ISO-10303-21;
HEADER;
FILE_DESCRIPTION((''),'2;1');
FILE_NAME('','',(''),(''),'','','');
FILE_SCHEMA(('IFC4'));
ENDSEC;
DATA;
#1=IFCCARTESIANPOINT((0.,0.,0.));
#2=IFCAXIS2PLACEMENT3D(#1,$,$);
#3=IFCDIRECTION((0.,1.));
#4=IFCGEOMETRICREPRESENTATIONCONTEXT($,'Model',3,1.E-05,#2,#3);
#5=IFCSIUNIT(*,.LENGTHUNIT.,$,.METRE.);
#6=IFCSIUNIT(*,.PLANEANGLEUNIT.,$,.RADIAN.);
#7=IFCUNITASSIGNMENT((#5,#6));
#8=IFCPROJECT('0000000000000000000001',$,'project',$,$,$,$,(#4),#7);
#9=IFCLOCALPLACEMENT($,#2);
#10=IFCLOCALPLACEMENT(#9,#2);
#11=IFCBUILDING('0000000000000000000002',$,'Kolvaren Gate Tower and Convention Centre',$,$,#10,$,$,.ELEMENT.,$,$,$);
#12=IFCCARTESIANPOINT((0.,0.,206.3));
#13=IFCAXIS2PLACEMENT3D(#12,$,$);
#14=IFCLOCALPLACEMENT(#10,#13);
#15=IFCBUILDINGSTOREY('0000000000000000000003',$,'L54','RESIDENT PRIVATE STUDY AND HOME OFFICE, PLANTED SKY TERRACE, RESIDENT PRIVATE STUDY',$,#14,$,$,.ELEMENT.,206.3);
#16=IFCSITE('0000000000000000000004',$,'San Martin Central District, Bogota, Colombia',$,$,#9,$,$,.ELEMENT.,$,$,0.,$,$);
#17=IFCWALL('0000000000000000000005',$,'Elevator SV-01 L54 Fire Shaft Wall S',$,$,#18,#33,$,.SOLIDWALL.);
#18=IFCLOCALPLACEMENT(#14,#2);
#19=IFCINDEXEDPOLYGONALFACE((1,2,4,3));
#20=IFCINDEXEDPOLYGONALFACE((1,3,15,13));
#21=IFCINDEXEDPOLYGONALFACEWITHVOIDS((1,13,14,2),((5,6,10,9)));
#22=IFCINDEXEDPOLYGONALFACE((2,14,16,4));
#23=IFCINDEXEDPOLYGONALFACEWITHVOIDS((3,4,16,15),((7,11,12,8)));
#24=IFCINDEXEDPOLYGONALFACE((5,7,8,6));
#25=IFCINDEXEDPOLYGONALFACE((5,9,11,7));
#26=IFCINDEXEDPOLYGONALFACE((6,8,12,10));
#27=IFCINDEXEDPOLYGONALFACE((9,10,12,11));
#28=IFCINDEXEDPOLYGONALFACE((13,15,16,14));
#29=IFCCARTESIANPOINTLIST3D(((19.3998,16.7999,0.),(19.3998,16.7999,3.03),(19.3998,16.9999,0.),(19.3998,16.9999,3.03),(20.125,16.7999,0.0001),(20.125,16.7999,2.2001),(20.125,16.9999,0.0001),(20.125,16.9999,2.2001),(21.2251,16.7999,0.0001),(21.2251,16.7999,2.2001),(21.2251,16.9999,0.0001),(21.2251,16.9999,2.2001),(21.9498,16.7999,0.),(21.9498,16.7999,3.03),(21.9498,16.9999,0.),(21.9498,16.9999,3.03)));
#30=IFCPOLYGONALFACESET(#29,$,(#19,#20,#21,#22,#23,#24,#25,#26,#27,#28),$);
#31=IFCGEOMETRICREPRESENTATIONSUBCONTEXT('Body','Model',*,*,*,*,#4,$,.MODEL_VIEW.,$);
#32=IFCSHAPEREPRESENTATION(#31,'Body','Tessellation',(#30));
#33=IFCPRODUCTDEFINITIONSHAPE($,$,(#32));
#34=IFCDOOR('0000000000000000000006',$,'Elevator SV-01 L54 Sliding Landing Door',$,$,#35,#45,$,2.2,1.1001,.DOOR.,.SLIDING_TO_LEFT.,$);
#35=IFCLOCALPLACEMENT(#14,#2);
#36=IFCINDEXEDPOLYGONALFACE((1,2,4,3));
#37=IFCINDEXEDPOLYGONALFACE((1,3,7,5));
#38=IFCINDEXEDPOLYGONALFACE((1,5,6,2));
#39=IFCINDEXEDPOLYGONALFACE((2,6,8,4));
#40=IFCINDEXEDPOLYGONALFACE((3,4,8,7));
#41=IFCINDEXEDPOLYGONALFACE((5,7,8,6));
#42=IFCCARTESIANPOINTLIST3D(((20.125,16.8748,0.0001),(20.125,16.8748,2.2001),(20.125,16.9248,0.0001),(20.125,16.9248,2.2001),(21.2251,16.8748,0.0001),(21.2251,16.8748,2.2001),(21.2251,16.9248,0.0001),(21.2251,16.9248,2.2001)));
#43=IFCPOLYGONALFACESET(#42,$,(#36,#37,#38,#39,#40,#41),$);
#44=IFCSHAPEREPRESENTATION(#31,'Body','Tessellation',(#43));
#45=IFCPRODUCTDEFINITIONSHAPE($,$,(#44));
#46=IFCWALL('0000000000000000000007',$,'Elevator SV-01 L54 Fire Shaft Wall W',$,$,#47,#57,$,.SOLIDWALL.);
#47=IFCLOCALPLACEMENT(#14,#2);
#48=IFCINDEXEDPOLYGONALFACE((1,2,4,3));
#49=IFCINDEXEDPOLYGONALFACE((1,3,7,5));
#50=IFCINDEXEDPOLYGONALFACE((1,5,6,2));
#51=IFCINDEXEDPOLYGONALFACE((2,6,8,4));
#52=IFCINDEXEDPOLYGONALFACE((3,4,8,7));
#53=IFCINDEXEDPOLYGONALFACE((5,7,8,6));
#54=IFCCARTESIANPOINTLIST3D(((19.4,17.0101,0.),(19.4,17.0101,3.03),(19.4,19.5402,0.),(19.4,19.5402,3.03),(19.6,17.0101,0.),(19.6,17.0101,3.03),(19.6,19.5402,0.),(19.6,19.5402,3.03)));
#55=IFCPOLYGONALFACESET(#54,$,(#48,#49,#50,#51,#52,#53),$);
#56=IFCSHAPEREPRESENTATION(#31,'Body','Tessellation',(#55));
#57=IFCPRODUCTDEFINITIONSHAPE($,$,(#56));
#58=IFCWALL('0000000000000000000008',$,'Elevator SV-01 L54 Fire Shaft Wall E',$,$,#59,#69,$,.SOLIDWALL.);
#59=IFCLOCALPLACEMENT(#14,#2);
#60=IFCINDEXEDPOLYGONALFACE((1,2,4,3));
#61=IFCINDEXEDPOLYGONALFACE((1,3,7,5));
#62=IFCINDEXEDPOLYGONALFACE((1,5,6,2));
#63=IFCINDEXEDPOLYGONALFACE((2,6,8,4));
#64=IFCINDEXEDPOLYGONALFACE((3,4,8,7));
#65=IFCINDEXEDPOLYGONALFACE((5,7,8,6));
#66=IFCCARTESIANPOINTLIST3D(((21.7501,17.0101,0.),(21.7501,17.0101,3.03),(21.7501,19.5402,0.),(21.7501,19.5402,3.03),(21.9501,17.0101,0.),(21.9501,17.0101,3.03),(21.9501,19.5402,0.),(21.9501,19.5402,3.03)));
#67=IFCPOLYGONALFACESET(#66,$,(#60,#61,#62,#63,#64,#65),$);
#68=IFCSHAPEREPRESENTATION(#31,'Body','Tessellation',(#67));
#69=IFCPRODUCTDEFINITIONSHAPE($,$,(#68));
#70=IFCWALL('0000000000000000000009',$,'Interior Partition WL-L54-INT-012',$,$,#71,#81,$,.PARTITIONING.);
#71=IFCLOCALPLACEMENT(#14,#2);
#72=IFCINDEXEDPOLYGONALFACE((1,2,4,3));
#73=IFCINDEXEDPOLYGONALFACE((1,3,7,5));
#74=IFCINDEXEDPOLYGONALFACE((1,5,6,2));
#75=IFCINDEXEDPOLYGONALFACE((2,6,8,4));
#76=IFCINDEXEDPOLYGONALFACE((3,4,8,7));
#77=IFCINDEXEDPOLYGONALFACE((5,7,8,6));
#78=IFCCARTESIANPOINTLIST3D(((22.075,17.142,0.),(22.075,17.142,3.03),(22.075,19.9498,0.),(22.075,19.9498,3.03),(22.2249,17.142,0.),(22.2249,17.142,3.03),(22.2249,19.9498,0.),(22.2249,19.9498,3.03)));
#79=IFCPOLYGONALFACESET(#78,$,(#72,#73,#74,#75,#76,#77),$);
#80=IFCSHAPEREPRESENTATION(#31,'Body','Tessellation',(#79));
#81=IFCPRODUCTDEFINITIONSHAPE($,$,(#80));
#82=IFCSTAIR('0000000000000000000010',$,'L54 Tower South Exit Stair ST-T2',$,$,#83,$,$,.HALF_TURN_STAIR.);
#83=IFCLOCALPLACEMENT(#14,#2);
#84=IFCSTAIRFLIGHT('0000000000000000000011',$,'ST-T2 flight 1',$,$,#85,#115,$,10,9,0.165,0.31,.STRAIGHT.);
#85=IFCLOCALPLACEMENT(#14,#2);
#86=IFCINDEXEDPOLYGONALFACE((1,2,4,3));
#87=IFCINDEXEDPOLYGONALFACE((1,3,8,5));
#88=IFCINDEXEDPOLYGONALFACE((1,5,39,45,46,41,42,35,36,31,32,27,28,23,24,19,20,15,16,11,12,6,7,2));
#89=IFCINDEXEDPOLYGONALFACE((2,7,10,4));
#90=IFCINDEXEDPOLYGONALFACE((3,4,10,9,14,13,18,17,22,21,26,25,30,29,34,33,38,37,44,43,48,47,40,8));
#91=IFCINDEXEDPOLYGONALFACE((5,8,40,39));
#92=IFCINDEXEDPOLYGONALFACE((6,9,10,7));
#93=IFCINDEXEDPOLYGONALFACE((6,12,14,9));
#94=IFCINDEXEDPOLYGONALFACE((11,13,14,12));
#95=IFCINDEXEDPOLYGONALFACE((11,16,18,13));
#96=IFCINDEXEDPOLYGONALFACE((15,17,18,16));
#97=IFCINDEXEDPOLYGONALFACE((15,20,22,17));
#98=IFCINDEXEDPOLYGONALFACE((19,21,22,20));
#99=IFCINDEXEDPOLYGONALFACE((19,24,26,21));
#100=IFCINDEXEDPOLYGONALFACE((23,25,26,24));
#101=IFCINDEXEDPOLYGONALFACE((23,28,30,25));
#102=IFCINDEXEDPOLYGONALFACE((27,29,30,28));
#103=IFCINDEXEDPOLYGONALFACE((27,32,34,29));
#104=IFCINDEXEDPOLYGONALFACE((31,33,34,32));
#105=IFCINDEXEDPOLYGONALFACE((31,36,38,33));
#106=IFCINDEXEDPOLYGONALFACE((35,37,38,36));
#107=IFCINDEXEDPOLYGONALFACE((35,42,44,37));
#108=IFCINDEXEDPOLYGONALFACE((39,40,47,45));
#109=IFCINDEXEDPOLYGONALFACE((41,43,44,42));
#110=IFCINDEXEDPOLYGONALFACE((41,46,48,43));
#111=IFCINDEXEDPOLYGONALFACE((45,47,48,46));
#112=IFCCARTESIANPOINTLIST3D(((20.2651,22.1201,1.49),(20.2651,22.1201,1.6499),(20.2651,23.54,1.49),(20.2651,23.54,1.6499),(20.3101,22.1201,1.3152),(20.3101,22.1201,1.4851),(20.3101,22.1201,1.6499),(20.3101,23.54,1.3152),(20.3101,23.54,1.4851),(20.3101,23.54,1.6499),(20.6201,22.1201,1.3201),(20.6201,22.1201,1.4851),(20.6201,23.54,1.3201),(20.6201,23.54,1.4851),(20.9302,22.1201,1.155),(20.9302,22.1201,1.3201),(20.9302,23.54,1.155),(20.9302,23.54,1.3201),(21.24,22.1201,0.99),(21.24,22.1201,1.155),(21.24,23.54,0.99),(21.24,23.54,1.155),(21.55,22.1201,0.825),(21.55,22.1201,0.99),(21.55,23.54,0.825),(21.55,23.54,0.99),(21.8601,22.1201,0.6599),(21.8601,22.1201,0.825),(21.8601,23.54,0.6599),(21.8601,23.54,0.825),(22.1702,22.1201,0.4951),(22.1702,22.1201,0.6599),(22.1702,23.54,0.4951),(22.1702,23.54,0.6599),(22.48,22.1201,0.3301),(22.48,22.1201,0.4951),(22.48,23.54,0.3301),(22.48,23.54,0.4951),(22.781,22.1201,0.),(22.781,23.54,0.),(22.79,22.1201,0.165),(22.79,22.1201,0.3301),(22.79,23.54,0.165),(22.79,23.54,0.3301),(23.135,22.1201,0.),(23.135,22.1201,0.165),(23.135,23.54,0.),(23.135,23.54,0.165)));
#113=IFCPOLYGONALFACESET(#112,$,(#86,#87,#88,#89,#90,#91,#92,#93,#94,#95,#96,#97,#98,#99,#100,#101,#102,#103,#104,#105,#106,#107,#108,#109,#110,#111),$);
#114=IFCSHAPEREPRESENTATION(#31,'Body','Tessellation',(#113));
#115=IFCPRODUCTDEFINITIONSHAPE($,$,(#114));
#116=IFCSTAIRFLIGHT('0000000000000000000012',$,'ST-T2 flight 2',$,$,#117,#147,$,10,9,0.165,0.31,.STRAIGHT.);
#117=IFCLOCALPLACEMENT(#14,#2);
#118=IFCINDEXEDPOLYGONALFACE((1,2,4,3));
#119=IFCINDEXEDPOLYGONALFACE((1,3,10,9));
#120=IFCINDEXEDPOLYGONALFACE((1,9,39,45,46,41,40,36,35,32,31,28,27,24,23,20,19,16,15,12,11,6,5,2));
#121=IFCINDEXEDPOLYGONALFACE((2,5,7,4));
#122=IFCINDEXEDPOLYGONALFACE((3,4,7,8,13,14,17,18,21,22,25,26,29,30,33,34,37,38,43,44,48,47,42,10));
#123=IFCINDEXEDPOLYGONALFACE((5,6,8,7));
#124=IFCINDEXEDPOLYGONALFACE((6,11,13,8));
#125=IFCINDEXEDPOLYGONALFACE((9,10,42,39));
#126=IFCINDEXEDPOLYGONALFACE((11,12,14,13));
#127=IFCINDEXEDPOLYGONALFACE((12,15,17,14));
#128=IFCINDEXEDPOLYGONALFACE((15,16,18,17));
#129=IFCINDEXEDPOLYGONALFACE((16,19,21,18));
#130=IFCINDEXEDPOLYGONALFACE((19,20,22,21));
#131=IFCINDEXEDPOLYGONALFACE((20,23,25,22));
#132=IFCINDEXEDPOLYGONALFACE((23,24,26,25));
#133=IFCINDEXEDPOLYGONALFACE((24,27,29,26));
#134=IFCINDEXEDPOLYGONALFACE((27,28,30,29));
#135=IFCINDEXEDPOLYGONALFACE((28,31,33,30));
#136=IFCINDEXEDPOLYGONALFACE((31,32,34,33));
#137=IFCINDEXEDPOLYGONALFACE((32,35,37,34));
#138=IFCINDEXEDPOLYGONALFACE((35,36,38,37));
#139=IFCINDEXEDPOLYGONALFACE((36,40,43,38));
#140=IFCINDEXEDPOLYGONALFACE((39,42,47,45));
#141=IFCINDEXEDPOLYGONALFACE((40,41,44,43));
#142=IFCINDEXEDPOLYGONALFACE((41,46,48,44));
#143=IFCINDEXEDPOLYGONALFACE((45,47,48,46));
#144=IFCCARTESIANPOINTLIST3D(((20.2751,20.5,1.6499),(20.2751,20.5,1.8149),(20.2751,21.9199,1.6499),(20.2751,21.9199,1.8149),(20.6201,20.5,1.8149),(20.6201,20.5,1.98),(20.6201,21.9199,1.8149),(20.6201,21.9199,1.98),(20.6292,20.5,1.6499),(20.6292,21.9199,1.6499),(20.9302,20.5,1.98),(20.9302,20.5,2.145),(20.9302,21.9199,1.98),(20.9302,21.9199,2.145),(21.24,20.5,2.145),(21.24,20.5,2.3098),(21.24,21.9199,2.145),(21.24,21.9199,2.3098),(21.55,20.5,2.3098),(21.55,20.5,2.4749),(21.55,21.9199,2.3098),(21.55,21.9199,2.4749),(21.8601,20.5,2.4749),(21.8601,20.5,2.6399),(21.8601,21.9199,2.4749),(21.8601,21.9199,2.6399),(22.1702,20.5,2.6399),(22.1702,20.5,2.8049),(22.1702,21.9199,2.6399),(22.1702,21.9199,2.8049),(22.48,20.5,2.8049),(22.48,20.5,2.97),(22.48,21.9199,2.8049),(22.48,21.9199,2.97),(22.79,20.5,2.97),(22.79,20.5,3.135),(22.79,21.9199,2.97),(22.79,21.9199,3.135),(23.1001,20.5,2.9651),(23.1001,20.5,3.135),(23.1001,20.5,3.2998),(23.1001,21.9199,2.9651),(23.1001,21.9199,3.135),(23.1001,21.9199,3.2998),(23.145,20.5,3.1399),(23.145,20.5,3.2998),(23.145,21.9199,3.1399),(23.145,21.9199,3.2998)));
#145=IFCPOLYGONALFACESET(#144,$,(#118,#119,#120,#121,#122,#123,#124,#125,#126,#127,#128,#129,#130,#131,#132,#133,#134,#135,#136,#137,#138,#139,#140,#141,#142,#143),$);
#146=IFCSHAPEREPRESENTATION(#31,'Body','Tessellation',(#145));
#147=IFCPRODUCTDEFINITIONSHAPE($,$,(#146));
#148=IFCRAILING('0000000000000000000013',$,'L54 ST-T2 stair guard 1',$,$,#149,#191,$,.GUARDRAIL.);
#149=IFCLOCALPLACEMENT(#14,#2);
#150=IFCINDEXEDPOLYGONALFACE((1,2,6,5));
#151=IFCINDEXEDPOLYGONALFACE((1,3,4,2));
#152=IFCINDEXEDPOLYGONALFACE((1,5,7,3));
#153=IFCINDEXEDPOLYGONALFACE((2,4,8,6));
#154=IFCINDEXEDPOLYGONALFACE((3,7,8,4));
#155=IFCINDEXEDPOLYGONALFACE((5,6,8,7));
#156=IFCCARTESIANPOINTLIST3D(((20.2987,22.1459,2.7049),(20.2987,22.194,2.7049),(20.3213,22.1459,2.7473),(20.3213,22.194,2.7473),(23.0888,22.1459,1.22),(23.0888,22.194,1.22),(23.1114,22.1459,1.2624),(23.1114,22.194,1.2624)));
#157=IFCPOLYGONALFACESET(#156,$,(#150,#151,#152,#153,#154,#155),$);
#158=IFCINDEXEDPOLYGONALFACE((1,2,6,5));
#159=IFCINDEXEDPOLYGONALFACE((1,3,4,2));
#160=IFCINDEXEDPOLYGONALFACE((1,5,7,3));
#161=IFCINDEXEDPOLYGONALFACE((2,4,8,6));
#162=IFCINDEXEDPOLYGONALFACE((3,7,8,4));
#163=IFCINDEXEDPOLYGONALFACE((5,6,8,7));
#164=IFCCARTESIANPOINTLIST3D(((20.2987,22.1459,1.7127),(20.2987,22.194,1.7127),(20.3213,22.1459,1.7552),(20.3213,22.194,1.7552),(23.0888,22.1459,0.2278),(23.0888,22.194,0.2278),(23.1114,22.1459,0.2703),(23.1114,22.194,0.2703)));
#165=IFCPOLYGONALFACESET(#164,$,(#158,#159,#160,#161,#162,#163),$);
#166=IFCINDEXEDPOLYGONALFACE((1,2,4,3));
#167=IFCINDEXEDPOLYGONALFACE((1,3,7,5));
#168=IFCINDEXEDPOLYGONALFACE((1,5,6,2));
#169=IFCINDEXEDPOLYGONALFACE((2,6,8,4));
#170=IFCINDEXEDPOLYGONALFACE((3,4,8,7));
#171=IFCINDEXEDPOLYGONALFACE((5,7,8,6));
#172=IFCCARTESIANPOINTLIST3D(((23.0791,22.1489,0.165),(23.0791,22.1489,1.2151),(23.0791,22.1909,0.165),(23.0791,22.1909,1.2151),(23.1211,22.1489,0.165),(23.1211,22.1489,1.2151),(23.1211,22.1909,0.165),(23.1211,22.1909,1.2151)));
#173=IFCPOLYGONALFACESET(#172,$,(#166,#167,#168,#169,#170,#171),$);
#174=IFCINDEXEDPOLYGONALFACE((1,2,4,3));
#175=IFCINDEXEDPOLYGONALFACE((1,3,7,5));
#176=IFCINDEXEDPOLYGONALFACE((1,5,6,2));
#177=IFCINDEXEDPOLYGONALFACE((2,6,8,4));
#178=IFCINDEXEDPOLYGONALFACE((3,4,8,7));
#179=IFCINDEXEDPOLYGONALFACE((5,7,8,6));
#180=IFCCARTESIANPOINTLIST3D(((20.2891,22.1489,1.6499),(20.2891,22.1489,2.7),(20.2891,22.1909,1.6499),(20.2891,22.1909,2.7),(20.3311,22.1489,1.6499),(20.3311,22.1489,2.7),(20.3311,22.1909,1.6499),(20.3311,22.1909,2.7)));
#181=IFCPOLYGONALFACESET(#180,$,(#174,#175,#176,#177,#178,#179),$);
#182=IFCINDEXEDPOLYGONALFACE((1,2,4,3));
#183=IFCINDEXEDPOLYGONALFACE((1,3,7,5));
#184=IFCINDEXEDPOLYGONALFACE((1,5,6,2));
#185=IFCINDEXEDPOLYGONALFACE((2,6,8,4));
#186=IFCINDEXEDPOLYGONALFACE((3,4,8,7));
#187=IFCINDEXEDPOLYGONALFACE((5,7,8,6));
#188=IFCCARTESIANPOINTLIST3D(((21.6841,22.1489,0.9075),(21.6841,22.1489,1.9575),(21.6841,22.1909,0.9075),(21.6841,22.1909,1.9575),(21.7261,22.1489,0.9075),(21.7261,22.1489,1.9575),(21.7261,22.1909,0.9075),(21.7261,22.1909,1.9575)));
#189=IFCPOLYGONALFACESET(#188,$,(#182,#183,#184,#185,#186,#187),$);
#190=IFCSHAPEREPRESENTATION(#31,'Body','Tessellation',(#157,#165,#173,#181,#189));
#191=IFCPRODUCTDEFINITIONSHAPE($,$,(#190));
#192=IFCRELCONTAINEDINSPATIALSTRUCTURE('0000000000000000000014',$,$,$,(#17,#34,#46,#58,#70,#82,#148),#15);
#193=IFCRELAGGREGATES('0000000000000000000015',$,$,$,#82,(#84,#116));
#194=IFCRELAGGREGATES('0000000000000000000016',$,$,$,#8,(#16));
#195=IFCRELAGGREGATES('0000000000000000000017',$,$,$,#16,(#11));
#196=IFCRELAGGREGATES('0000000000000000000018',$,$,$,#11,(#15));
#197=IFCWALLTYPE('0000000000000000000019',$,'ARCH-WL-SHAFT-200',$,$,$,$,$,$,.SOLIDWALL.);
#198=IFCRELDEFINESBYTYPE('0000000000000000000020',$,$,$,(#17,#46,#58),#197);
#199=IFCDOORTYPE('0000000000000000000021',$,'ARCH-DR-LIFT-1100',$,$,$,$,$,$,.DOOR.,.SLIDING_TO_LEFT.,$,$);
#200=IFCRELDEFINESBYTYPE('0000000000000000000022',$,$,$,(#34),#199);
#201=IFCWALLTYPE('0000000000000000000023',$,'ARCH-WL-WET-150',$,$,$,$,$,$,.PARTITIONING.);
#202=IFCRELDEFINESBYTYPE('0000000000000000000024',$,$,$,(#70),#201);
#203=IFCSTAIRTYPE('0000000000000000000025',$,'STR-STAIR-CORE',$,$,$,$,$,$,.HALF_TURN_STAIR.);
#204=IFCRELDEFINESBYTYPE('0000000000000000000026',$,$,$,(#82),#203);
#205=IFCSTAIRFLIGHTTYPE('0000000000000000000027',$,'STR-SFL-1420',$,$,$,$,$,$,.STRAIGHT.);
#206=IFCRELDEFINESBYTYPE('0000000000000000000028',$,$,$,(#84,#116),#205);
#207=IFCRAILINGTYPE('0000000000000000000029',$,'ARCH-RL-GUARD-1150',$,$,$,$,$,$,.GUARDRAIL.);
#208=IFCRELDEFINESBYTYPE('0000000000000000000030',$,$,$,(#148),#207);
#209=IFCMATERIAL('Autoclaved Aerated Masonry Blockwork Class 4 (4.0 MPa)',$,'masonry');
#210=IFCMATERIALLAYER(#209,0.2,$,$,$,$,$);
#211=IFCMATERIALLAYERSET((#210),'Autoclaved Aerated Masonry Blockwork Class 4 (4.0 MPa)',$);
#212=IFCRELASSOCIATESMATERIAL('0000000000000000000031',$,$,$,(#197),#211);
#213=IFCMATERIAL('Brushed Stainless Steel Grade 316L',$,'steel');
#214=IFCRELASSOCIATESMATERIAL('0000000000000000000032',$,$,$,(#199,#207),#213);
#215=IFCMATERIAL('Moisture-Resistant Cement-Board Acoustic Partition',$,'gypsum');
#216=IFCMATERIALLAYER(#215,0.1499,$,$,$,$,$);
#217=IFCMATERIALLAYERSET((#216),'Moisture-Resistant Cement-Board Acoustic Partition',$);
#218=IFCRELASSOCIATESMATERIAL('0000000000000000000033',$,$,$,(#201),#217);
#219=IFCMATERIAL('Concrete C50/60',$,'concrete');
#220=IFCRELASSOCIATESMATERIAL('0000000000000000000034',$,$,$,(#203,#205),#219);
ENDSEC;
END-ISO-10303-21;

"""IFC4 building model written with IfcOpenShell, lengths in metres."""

from ifc_helpers import new_model, si_unit, direction, frame, frame_2d, origin, origin_2d, place, context, subcontext, project, spatial, polyline, rectangle, outline, extrude, material, layer, layer_set, type_object, element, fill, aggregate, save


model = new_model("IFC4")

# Units and contexts
model_context = context("Model", 3, precision=1e-05, world=origin(), true_north=direction((0.0, 1.0)))
body_context = subcontext(model_context, "Body", "Model", "MODEL_VIEW")
ifc_project = project(units=[si_unit("LENGTHUNIT", "METRE"), si_unit("PLANEANGLEUNIT", "RADIAN")], contexts=[model_context])

# Site, building, storey
site_placement = place(None, origin())
site = spatial("IfcSite", under=ifc_project, at=site_placement, Name="San Martin Central District, Bogota, Colombia", CompositionType="ELEMENT", RefElevation=0.0)
building_placement = place(site_placement, origin())
building = spatial("IfcBuilding", under=site, at=building_placement, Name="Kolvaren Gate Tower and Convention Centre", CompositionType="ELEMENT")
storey_placement = place(building_placement, frame((0.0, 0.0, 206.3)))
storey = spatial("IfcBuildingStorey", under=building, at=storey_placement, Name="L54", Description="RESIDENT PRIVATE STUDY AND HOME OFFICE, PLANTED SKY TERRACE, RESIDENT PRIVATE STUDY", CompositionType="ELEMENT", Elevation=206.3)

# Shared definitions
ifc_material_1 = material(Name="Autoclaved Aerated Masonry Blockwork Class 4 (4.0 MPa)", Category="masonry")
ifc_layer_1 = layer(ifc_material_1, 0.2)
ifc_layer_set_1 = layer_set([ifc_layer_1], Name="Autoclaved Aerated Masonry Blockwork Class 4 (4.0 MPa)")
wall_type_1 = type_object("IfcWallType", Name="ARCH-WL-SHAFT-200", PredefinedType="SOLIDWALL", material=ifc_layer_set_1)

# Wall, opening, door
wall_1_placement = place(storey_placement, frame((19.3999, 16.8999, 0.0), z_axis=(0.0, 0.0, 1.0), x_axis=(1.0, 0.0, 0.0)))
wall_1 = element("IfcWall", 1, at=wall_1_placement, inside=storey, type_object=wall_type_1, Name="Elevator SV-01 L54 Fire Shaft Wall S", PredefinedType="SOLIDWALL", context=body_context, shape_type="SweptSolid", body=[
    extrude(rectangle(XDim=2.55, YDim=0.2, at=frame_2d((1.2749, 0.0))), origin(), (0.0, 0.0, 1.0), 3.03),
])
opening_placement = place(wall_1_placement, frame((0.7251, 0.0, 0.0)))
opening = element("IfcOpeningElement", 2, at=opening_placement, cuts=wall_1, PredefinedType="OPENING", context=body_context, shape_type="SweptSolid", body=[
    extrude(rectangle(XDim=1.1001, YDim=2.2, at=frame_2d((0.55, 1.1001))), frame((0.0, 0.1099, 0.0), z_axis=(0.0, -1.0, 0.0), x_axis=(1.0, 0.0, 0.0)), (0.0, 0.0, 1.0), 0.22),
])
ifc_material_2 = material(Name="Brushed Stainless Steel Grade 316L", Category="steel")
door_type = type_object("IfcDoorType", Name="ARCH-DR-LIFT-1100", OperationType="SLIDING_TO_LEFT", PredefinedType="DOOR", material=ifc_material_2)
door_placement = place(opening_placement, origin())
door = element("IfcDoor", 3, at=door_placement, inside=storey, type_object=door_type, Name="Elevator SV-01 L54 Sliding Landing Door", OperationType="SLIDING_TO_LEFT", OverallHeight=2.2, OverallWidth=1.1001, PredefinedType="DOOR", context=body_context, shape_type="SweptSolid", body=[
    extrude(rectangle(XDim=1.1001, YDim=2.2, at=frame_2d((0.55, 1.1001))), frame((0.0, 0.0249, 0.0), z_axis=(0.0, -1.0, 0.0), x_axis=(1.0, 0.0, 0.0)), (0.0, 0.0, 1.0), 0.05),
])
fill(opening, door)

# Walls
for number, where, z_axis, x_axis, name in (
    (4, (19.5, 17.01, 0.0), (0.0, 0.0, 1.0), (0.0, 1.0, 0.0), "Elevator SV-01 L54 Fire Shaft Wall W"),
    (5, (21.8501, 17.01, 0.0), (0.0, 0.0, 1.0), (0.0, 1.0, 0.0), "Elevator SV-01 L54 Fire Shaft Wall E"),
):
    element("IfcWall", number, at=place(storey_placement, frame(where, z_axis=z_axis, x_axis=x_axis)), inside=storey, type_object=wall_type_1, Name=name, PredefinedType="SOLIDWALL", context=body_context, shape_type="SweptSolid", body=[
        extrude(rectangle(XDim=2.53, YDim=0.2, at=frame_2d((1.2651, 0.0))), origin(), (0.0, 0.0, 1.0), 3.03),
    ])
ifc_material_3 = material(Name="Moisture-Resistant Cement-Board Acoustic Partition", Category="gypsum")
ifc_layer_2 = layer(ifc_material_3, 0.1499)
ifc_layer_set_2 = layer_set([ifc_layer_2], Name="Moisture-Resistant Cement-Board Acoustic Partition")
wall_type_2 = type_object("IfcWallType", Name="ARCH-WL-WET-150", PredefinedType="PARTITIONING", material=ifc_layer_set_2)
wall_2_placement = place(storey_placement, frame((22.1499, 17.1421, 0.0), z_axis=(0.0, 0.0, 1.0), x_axis=(0.0, 1.0, 0.0)))
element("IfcWall", 6, at=wall_2_placement, inside=storey, type_object=wall_type_2, Name="Interior Partition WL-L54-INT-012", PredefinedType="PARTITIONING", context=body_context, shape_type="SweptSolid", body=[
    extrude(rectangle(XDim=2.8079, YDim=0.1499, at=frame_2d((1.4038, 0.0))), origin(), (0.0, 0.0, 1.0), 3.03),
])

# Stair, stair flights
ifc_material_4 = material(Name="Concrete C50/60", Category="concrete")
stair_type = type_object("IfcStairType", Name="STR-STAIR-CORE", PredefinedType="HALF_TURN_STAIR", material=ifc_material_4)
stair_placement = place(storey_placement, origin())
stair = element("IfcStair", 7, at=stair_placement, inside=storey, type_object=stair_type, Name="L54 Tower South Exit Stair ST-T2", PredefinedType="HALF_TURN_STAIR")
stair_flight_type = type_object("IfcStairFlightType", Name="STR-SFL-1420", PredefinedType="STRAIGHT", material=ifc_material_4)
stair_flight_1_placement = place(storey_placement, frame((23.1001, 22.8301, 0.0), z_axis=(0.0, 0.0, 1.0), x_axis=(-1.0, 0.0, 0.0)))
stair_flight_1 = element("IfcStairFlight", 8, at=stair_flight_1_placement, type_object=stair_flight_type, Name="ST-T2 flight 1", NumberOfRisers=10, NumberOfTreads=9, PredefinedType="STRAIGHT", RiserHeight=0.165, TreadLength=0.31, context=body_context, shape_type="SweptSolid", body=[
    extrude(outline(polyline([(-0.0349, 0.0), (-0.0349, 0.165), (0.3101, 0.165), (0.3101, 0.3301), (0.6201, 0.3301), (0.6201, 0.4951), (0.9299, 0.4951), (0.9299, 0.6599), (1.24, 0.6599), (1.24, 0.825), (1.55, 0.825), (1.55, 0.99), (1.8601, 0.99), (1.8601, 1.155), (2.1699, 1.155), (2.1699, 1.3201), (2.48, 1.3201), (2.48, 1.4851), (2.79, 1.4851), (2.79, 1.6499), (2.835, 1.6499), (2.835, 1.49), (2.79, 1.3152), (0.3191, 0.0), (-0.0349, 0.0)])), frame((0.0, 0.71, 0.0), z_axis=(0.0, -1.0, 0.0), x_axis=(1.0, 0.0, 0.0)), (0.0, 0.0, 1.0), 1.4199),
])
stair_flight_2_placement = place(storey_placement, frame((20.3101, 21.21, 1.6499), z_axis=(0.0, 0.0, 1.0), x_axis=(1.0, 0.0, 0.0)))
stair_flight_2 = element("IfcStairFlight", 9, at=stair_flight_2_placement, type_object=stair_flight_type, Name="ST-T2 flight 2", NumberOfRisers=10, NumberOfTreads=9, PredefinedType="STRAIGHT", RiserHeight=0.165, TreadLength=0.31, context=body_context, shape_type="SweptSolid", body=[
    extrude(outline(polyline([(-0.0349, 0.0), (-0.0349, 0.165), (0.3101, 0.165), (0.3101, 0.3301), (0.6201, 0.3301), (0.6201, 0.4951), (0.9299, 0.4951), (0.9299, 0.6599), (1.24, 0.6599), (1.24, 0.825), (1.55, 0.825), (1.55, 0.99), (1.8601, 0.99), (1.8601, 1.155), (2.1699, 1.155), (2.1699, 1.3201), (2.48, 1.3201), (2.48, 1.4851), (2.79, 1.4851), (2.79, 1.6499), (2.835, 1.6499), (2.835, 1.49), (2.79, 1.3152), (0.3191, 0.0), (-0.0349, 0.0)])), frame((0.0, 0.71, 0.0), z_axis=(0.0, -1.0, 0.0), x_axis=(1.0, 0.0, 0.0)), (0.0, 0.0, 1.0), 1.4199),
])
aggregate(stair, [stair_flight_1, stair_flight_2])

# Railing
railing_type_1 = type_object("IfcRailingType", Name="ARCH-RL-GUARD-1150", PredefinedType="GUARDRAIL", material=ifc_material_2)
railing_1_placement = place(storey_placement, frame((23.1001, 22.1699, 0.165)))
element("IfcRailing", 10, at=railing_1_placement, inside=storey, type_object=railing_type_1, Name="L54 ST-T2 stair guard 1", PredefinedType="GUARDRAIL", context=body_context, shape_type="SweptSolid", body=[
    extrude(rectangle(XDim=0.0481, YDim=0.0481, at=origin_2d()), frame((0.0, 0.0, 1.0762), z_axis=(-0.882767, 0.0, 0.46981), x_axis=(0.0, -1.0, 0.0)), (0.0, 0.0, 1.0), 3.1606),
    extrude(rectangle(XDim=0.0481, YDim=0.0481, at=origin_2d()), frame((0.0, 0.0, 0.084), z_axis=(-0.882767, 0.0, 0.46981), x_axis=(0.0, -1.0, 0.0)), (0.0, 0.0, 1.0), 3.1606),
    extrude(rectangle(XDim=0.042, YDim=0.042, at=origin_2d()), origin(), (0.0, 0.0, 1.0), 1.05),
    extrude(rectangle(XDim=0.042, YDim=0.042, at=origin_2d()), frame((-2.79, 0.0, 1.4849)), (0.0, 0.0, 1.0), 1.05),
    extrude(rectangle(XDim=0.042, YDim=0.042, at=origin_2d()), frame((-1.395, 0.0, 0.7424)), (0.0, 0.0, 1.0), 1.05),
])

save(model, "model.ifc")
